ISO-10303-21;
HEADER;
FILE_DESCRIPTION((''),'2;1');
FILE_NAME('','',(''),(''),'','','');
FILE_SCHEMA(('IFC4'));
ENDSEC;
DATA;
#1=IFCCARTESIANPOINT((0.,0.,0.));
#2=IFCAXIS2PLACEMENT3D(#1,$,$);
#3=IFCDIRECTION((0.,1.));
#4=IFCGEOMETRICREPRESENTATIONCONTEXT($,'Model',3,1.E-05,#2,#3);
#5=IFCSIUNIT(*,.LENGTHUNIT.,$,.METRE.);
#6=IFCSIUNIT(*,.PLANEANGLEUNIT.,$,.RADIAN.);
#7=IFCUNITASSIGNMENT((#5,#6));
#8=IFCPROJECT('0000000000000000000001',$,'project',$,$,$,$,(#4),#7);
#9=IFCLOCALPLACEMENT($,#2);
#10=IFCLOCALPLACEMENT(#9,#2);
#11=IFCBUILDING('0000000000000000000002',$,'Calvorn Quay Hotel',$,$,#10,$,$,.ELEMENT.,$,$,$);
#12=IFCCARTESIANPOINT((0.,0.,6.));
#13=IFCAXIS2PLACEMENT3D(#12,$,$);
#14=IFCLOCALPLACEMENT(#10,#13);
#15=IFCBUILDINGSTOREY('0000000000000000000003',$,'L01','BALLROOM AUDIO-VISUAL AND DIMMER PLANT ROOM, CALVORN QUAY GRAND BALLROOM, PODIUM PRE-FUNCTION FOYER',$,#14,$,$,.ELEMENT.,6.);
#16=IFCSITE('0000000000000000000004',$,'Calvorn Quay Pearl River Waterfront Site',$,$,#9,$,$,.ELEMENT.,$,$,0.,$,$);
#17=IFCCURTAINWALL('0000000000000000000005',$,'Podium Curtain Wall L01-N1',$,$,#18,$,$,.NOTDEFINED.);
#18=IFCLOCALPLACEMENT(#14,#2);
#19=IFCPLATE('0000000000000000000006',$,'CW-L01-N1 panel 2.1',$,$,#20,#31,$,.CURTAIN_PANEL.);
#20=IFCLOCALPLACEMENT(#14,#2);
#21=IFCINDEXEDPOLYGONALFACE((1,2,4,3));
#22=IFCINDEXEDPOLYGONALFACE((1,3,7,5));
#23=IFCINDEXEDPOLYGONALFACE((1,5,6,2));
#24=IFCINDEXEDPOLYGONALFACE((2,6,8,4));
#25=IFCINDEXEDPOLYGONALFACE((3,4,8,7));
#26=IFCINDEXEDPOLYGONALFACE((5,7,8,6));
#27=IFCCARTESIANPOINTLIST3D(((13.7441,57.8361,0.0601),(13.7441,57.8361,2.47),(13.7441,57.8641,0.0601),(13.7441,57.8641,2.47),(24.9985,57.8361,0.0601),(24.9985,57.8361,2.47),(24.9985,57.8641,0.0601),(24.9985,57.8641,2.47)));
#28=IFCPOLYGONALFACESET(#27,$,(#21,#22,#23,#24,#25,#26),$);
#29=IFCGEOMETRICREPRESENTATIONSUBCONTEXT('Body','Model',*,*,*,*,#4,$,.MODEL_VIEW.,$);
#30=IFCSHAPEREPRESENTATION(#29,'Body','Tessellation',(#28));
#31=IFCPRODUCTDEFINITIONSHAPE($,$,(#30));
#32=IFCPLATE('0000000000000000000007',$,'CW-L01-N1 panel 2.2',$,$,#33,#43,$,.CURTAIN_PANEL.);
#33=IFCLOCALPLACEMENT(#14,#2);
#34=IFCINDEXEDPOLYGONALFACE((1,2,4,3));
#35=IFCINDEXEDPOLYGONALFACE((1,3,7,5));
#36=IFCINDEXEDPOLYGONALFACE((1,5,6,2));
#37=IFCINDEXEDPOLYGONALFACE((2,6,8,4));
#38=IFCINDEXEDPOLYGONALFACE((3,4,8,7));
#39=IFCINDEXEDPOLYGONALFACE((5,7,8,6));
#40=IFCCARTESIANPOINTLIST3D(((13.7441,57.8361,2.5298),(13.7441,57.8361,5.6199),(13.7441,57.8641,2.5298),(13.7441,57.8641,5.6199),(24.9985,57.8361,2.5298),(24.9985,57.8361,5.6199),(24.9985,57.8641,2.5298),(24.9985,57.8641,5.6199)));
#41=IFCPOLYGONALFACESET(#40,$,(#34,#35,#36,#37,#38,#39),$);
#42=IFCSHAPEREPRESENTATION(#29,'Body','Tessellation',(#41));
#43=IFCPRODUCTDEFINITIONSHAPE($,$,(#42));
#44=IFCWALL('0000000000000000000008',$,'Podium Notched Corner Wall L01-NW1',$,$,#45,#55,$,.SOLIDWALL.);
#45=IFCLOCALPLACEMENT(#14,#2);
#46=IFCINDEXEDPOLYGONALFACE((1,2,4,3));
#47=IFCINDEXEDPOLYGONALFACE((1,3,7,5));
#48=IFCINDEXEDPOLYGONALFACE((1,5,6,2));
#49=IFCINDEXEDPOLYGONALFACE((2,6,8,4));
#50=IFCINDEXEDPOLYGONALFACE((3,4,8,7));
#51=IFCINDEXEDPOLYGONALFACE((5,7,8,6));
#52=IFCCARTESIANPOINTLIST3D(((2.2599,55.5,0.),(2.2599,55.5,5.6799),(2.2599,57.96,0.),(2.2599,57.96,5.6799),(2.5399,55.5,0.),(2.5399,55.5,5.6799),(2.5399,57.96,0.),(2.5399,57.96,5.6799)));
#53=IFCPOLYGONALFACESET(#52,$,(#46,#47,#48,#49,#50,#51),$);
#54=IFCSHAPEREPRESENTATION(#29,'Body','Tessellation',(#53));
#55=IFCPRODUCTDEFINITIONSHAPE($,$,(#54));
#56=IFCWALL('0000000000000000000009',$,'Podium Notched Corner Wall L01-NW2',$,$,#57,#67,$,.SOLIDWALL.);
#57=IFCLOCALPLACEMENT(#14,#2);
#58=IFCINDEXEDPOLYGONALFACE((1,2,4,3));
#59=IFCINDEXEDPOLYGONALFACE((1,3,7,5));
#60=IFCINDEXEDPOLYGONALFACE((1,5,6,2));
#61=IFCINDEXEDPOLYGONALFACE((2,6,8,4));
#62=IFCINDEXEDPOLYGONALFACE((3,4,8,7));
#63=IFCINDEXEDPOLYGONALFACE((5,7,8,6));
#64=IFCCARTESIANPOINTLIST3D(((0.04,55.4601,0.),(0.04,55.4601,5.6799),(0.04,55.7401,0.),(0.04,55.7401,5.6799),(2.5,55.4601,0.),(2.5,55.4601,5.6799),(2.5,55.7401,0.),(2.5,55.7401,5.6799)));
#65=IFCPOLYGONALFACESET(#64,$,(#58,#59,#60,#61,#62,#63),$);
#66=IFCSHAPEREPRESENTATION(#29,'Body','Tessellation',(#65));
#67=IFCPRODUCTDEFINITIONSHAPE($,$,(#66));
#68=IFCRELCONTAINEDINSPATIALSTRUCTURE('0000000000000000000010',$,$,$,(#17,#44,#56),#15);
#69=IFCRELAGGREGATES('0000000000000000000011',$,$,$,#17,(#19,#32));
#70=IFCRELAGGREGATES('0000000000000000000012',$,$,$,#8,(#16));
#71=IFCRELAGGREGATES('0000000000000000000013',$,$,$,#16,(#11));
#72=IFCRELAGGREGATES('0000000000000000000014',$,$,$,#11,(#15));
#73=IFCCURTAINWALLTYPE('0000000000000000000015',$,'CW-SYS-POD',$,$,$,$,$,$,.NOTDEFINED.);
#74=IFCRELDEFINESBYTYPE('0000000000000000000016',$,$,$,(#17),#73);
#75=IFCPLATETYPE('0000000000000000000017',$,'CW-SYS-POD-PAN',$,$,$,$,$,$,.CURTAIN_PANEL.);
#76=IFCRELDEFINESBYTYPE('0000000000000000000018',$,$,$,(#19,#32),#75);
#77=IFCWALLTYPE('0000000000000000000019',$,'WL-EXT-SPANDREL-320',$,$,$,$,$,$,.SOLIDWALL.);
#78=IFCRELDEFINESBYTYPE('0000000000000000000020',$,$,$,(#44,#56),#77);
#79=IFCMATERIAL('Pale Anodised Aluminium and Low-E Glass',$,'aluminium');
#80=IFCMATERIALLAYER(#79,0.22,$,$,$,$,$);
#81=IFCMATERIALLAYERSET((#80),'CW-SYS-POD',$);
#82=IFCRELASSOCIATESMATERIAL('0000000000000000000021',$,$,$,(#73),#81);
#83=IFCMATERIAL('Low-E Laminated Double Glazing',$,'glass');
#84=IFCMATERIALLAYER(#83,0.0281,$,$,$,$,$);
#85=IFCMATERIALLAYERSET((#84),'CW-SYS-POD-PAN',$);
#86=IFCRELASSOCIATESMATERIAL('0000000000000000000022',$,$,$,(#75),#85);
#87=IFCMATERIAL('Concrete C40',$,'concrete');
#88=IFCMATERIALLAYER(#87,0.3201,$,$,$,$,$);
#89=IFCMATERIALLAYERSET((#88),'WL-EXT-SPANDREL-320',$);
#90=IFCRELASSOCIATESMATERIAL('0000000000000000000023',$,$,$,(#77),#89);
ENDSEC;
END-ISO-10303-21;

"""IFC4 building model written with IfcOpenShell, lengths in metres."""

from ifc_helpers import new_model, si_unit, direction, frame, frame_2d, origin, origin_2d, place, context, subcontext, project, spatial, rectangle, extrude, material, layer, layer_set, type_object, element, aggregate, save


model = new_model("IFC4")

# Units and contexts
model_context = context("Model", 3, precision=1e-05, world=origin(), true_north=direction((0.0, 1.0)))
body_context = subcontext(model_context, "Body", "Model", "MODEL_VIEW")
ifc_project = project(units=[si_unit("LENGTHUNIT", "METRE"), si_unit("PLANEANGLEUNIT", "RADIAN")], contexts=[model_context])

# Site, building, storey
site_placement = place(None, origin())
site = spatial("IfcSite", under=ifc_project, at=site_placement, Name="Calvorn Quay Pearl River Waterfront Site", CompositionType="ELEMENT", RefElevation=0.0)
building_placement = place(site_placement, origin())
building = spatial("IfcBuilding", under=site, at=building_placement, Name="Calvorn Quay Hotel", CompositionType="ELEMENT")
storey_placement = place(building_placement, frame((0.0, 0.0, 6.0)))
storey = spatial("IfcBuildingStorey", under=building, at=storey_placement, Name="L01", Description="BALLROOM AUDIO-VISUAL AND DIMMER PLANT ROOM, CALVORN QUAY GRAND BALLROOM, PODIUM PRE-FUNCTION FOYER", CompositionType="ELEMENT", Elevation=6.0)

# Shared definitions
ifc_material_1 = material(Name="Pale Anodised Aluminium and Low-E Glass", Category="aluminium")
ifc_layer_1 = layer(ifc_material_1, 0.22)
ifc_layer_set_1 = layer_set([ifc_layer_1], Name="CW-SYS-POD")
curtain_wall_type = type_object("IfcCurtainWallType", Name="CW-SYS-POD", PredefinedType="NOTDEFINED", material=ifc_layer_set_1)

# Curtain wall
curtain_wall_1_placement = place(storey_placement, origin())
curtain_wall_1 = element("IfcCurtainWall", 1, at=curtain_wall_1_placement, inside=storey, type_object=curtain_wall_type, Name="Podium Curtain Wall L01-N1", PredefinedType="NOTDEFINED")

# Plates
ifc_material_2 = material(Name="Low-E Laminated Double Glazing", Category="glass")
ifc_layer_2 = layer(ifc_material_2, 0.0281)
ifc_layer_set_2 = layer_set([ifc_layer_2], Name="CW-SYS-POD-PAN")
plate_type = type_object("IfcPlateType", Name="CW-SYS-POD-PAN", PredefinedType="CURTAIN_PANEL", material=ifc_layer_set_2)
plate_1_placement = place(storey_placement, frame((19.3713, 57.8501, 0.0601), z_axis=(0.0, 0.0, 1.0), x_axis=(1.0, 0.0, 0.0)))
plate_1 = element("IfcPlate", 2, at=plate_1_placement, type_object=plate_type, Name="CW-L01-N1 panel 2.1", PredefinedType="CURTAIN_PANEL", context=body_context, shape_type="SweptSolid", body=[
    extrude(rectangle(XDim=11.2544, YDim=0.0281, at=origin_2d()), origin(), (0.0, 0.0, 1.0), 2.4099),
])
plate_2_placement = place(storey_placement, frame((19.3713, 57.8501, 2.5298), z_axis=(0.0, 0.0, 1.0), x_axis=(1.0, 0.0, 0.0)))
plate_2 = element("IfcPlate", 3, at=plate_2_placement, type_object=plate_type, Name="CW-L01-N1 panel 2.2", PredefinedType="CURTAIN_PANEL", context=body_context, shape_type="SweptSolid", body=[
    extrude(rectangle(XDim=11.2544, YDim=0.0281, at=origin_2d()), origin(), (0.0, 0.0, 1.0), 3.0901),
])
aggregate(curtain_wall_1, [plate_1, plate_2])

# Walls
ifc_material_3 = material(Name="Concrete C40", Category="concrete")
ifc_layer_3 = layer(ifc_material_3, 0.3201)
ifc_layer_set_3 = layer_set([ifc_layer_3], Name="WL-EXT-SPANDREL-320")
wall_type = type_object("IfcWallType", Name="WL-EXT-SPANDREL-320", PredefinedType="SOLIDWALL", material=ifc_layer_set_3)
for number, where, z_axis, x_axis, name in (
    (4, (2.3999, 57.96, 0.0), (0.0, 0.0, 1.0), (0.0, -1.0, 0.0), "Podium Notched Corner Wall L01-NW1"),
    (5, (2.5, 55.6001, 0.0), (0.0, 0.0, 1.0), (-1.0, 0.0, 0.0), "Podium Notched Corner Wall L01-NW2"),
):
    element("IfcWall", number, at=place(storey_placement, frame(where, z_axis=z_axis, x_axis=x_axis)), inside=storey, type_object=wall_type, Name=name, PredefinedType="SOLIDWALL", context=body_context, shape_type="SweptSolid", body=[
        extrude(rectangle(XDim=2.46, YDim=0.28, at=frame_2d((1.23, 0.0))), origin(), (0.0, 0.0, 1.0), 5.6799),
    ])

save(model, "model.ifc")
